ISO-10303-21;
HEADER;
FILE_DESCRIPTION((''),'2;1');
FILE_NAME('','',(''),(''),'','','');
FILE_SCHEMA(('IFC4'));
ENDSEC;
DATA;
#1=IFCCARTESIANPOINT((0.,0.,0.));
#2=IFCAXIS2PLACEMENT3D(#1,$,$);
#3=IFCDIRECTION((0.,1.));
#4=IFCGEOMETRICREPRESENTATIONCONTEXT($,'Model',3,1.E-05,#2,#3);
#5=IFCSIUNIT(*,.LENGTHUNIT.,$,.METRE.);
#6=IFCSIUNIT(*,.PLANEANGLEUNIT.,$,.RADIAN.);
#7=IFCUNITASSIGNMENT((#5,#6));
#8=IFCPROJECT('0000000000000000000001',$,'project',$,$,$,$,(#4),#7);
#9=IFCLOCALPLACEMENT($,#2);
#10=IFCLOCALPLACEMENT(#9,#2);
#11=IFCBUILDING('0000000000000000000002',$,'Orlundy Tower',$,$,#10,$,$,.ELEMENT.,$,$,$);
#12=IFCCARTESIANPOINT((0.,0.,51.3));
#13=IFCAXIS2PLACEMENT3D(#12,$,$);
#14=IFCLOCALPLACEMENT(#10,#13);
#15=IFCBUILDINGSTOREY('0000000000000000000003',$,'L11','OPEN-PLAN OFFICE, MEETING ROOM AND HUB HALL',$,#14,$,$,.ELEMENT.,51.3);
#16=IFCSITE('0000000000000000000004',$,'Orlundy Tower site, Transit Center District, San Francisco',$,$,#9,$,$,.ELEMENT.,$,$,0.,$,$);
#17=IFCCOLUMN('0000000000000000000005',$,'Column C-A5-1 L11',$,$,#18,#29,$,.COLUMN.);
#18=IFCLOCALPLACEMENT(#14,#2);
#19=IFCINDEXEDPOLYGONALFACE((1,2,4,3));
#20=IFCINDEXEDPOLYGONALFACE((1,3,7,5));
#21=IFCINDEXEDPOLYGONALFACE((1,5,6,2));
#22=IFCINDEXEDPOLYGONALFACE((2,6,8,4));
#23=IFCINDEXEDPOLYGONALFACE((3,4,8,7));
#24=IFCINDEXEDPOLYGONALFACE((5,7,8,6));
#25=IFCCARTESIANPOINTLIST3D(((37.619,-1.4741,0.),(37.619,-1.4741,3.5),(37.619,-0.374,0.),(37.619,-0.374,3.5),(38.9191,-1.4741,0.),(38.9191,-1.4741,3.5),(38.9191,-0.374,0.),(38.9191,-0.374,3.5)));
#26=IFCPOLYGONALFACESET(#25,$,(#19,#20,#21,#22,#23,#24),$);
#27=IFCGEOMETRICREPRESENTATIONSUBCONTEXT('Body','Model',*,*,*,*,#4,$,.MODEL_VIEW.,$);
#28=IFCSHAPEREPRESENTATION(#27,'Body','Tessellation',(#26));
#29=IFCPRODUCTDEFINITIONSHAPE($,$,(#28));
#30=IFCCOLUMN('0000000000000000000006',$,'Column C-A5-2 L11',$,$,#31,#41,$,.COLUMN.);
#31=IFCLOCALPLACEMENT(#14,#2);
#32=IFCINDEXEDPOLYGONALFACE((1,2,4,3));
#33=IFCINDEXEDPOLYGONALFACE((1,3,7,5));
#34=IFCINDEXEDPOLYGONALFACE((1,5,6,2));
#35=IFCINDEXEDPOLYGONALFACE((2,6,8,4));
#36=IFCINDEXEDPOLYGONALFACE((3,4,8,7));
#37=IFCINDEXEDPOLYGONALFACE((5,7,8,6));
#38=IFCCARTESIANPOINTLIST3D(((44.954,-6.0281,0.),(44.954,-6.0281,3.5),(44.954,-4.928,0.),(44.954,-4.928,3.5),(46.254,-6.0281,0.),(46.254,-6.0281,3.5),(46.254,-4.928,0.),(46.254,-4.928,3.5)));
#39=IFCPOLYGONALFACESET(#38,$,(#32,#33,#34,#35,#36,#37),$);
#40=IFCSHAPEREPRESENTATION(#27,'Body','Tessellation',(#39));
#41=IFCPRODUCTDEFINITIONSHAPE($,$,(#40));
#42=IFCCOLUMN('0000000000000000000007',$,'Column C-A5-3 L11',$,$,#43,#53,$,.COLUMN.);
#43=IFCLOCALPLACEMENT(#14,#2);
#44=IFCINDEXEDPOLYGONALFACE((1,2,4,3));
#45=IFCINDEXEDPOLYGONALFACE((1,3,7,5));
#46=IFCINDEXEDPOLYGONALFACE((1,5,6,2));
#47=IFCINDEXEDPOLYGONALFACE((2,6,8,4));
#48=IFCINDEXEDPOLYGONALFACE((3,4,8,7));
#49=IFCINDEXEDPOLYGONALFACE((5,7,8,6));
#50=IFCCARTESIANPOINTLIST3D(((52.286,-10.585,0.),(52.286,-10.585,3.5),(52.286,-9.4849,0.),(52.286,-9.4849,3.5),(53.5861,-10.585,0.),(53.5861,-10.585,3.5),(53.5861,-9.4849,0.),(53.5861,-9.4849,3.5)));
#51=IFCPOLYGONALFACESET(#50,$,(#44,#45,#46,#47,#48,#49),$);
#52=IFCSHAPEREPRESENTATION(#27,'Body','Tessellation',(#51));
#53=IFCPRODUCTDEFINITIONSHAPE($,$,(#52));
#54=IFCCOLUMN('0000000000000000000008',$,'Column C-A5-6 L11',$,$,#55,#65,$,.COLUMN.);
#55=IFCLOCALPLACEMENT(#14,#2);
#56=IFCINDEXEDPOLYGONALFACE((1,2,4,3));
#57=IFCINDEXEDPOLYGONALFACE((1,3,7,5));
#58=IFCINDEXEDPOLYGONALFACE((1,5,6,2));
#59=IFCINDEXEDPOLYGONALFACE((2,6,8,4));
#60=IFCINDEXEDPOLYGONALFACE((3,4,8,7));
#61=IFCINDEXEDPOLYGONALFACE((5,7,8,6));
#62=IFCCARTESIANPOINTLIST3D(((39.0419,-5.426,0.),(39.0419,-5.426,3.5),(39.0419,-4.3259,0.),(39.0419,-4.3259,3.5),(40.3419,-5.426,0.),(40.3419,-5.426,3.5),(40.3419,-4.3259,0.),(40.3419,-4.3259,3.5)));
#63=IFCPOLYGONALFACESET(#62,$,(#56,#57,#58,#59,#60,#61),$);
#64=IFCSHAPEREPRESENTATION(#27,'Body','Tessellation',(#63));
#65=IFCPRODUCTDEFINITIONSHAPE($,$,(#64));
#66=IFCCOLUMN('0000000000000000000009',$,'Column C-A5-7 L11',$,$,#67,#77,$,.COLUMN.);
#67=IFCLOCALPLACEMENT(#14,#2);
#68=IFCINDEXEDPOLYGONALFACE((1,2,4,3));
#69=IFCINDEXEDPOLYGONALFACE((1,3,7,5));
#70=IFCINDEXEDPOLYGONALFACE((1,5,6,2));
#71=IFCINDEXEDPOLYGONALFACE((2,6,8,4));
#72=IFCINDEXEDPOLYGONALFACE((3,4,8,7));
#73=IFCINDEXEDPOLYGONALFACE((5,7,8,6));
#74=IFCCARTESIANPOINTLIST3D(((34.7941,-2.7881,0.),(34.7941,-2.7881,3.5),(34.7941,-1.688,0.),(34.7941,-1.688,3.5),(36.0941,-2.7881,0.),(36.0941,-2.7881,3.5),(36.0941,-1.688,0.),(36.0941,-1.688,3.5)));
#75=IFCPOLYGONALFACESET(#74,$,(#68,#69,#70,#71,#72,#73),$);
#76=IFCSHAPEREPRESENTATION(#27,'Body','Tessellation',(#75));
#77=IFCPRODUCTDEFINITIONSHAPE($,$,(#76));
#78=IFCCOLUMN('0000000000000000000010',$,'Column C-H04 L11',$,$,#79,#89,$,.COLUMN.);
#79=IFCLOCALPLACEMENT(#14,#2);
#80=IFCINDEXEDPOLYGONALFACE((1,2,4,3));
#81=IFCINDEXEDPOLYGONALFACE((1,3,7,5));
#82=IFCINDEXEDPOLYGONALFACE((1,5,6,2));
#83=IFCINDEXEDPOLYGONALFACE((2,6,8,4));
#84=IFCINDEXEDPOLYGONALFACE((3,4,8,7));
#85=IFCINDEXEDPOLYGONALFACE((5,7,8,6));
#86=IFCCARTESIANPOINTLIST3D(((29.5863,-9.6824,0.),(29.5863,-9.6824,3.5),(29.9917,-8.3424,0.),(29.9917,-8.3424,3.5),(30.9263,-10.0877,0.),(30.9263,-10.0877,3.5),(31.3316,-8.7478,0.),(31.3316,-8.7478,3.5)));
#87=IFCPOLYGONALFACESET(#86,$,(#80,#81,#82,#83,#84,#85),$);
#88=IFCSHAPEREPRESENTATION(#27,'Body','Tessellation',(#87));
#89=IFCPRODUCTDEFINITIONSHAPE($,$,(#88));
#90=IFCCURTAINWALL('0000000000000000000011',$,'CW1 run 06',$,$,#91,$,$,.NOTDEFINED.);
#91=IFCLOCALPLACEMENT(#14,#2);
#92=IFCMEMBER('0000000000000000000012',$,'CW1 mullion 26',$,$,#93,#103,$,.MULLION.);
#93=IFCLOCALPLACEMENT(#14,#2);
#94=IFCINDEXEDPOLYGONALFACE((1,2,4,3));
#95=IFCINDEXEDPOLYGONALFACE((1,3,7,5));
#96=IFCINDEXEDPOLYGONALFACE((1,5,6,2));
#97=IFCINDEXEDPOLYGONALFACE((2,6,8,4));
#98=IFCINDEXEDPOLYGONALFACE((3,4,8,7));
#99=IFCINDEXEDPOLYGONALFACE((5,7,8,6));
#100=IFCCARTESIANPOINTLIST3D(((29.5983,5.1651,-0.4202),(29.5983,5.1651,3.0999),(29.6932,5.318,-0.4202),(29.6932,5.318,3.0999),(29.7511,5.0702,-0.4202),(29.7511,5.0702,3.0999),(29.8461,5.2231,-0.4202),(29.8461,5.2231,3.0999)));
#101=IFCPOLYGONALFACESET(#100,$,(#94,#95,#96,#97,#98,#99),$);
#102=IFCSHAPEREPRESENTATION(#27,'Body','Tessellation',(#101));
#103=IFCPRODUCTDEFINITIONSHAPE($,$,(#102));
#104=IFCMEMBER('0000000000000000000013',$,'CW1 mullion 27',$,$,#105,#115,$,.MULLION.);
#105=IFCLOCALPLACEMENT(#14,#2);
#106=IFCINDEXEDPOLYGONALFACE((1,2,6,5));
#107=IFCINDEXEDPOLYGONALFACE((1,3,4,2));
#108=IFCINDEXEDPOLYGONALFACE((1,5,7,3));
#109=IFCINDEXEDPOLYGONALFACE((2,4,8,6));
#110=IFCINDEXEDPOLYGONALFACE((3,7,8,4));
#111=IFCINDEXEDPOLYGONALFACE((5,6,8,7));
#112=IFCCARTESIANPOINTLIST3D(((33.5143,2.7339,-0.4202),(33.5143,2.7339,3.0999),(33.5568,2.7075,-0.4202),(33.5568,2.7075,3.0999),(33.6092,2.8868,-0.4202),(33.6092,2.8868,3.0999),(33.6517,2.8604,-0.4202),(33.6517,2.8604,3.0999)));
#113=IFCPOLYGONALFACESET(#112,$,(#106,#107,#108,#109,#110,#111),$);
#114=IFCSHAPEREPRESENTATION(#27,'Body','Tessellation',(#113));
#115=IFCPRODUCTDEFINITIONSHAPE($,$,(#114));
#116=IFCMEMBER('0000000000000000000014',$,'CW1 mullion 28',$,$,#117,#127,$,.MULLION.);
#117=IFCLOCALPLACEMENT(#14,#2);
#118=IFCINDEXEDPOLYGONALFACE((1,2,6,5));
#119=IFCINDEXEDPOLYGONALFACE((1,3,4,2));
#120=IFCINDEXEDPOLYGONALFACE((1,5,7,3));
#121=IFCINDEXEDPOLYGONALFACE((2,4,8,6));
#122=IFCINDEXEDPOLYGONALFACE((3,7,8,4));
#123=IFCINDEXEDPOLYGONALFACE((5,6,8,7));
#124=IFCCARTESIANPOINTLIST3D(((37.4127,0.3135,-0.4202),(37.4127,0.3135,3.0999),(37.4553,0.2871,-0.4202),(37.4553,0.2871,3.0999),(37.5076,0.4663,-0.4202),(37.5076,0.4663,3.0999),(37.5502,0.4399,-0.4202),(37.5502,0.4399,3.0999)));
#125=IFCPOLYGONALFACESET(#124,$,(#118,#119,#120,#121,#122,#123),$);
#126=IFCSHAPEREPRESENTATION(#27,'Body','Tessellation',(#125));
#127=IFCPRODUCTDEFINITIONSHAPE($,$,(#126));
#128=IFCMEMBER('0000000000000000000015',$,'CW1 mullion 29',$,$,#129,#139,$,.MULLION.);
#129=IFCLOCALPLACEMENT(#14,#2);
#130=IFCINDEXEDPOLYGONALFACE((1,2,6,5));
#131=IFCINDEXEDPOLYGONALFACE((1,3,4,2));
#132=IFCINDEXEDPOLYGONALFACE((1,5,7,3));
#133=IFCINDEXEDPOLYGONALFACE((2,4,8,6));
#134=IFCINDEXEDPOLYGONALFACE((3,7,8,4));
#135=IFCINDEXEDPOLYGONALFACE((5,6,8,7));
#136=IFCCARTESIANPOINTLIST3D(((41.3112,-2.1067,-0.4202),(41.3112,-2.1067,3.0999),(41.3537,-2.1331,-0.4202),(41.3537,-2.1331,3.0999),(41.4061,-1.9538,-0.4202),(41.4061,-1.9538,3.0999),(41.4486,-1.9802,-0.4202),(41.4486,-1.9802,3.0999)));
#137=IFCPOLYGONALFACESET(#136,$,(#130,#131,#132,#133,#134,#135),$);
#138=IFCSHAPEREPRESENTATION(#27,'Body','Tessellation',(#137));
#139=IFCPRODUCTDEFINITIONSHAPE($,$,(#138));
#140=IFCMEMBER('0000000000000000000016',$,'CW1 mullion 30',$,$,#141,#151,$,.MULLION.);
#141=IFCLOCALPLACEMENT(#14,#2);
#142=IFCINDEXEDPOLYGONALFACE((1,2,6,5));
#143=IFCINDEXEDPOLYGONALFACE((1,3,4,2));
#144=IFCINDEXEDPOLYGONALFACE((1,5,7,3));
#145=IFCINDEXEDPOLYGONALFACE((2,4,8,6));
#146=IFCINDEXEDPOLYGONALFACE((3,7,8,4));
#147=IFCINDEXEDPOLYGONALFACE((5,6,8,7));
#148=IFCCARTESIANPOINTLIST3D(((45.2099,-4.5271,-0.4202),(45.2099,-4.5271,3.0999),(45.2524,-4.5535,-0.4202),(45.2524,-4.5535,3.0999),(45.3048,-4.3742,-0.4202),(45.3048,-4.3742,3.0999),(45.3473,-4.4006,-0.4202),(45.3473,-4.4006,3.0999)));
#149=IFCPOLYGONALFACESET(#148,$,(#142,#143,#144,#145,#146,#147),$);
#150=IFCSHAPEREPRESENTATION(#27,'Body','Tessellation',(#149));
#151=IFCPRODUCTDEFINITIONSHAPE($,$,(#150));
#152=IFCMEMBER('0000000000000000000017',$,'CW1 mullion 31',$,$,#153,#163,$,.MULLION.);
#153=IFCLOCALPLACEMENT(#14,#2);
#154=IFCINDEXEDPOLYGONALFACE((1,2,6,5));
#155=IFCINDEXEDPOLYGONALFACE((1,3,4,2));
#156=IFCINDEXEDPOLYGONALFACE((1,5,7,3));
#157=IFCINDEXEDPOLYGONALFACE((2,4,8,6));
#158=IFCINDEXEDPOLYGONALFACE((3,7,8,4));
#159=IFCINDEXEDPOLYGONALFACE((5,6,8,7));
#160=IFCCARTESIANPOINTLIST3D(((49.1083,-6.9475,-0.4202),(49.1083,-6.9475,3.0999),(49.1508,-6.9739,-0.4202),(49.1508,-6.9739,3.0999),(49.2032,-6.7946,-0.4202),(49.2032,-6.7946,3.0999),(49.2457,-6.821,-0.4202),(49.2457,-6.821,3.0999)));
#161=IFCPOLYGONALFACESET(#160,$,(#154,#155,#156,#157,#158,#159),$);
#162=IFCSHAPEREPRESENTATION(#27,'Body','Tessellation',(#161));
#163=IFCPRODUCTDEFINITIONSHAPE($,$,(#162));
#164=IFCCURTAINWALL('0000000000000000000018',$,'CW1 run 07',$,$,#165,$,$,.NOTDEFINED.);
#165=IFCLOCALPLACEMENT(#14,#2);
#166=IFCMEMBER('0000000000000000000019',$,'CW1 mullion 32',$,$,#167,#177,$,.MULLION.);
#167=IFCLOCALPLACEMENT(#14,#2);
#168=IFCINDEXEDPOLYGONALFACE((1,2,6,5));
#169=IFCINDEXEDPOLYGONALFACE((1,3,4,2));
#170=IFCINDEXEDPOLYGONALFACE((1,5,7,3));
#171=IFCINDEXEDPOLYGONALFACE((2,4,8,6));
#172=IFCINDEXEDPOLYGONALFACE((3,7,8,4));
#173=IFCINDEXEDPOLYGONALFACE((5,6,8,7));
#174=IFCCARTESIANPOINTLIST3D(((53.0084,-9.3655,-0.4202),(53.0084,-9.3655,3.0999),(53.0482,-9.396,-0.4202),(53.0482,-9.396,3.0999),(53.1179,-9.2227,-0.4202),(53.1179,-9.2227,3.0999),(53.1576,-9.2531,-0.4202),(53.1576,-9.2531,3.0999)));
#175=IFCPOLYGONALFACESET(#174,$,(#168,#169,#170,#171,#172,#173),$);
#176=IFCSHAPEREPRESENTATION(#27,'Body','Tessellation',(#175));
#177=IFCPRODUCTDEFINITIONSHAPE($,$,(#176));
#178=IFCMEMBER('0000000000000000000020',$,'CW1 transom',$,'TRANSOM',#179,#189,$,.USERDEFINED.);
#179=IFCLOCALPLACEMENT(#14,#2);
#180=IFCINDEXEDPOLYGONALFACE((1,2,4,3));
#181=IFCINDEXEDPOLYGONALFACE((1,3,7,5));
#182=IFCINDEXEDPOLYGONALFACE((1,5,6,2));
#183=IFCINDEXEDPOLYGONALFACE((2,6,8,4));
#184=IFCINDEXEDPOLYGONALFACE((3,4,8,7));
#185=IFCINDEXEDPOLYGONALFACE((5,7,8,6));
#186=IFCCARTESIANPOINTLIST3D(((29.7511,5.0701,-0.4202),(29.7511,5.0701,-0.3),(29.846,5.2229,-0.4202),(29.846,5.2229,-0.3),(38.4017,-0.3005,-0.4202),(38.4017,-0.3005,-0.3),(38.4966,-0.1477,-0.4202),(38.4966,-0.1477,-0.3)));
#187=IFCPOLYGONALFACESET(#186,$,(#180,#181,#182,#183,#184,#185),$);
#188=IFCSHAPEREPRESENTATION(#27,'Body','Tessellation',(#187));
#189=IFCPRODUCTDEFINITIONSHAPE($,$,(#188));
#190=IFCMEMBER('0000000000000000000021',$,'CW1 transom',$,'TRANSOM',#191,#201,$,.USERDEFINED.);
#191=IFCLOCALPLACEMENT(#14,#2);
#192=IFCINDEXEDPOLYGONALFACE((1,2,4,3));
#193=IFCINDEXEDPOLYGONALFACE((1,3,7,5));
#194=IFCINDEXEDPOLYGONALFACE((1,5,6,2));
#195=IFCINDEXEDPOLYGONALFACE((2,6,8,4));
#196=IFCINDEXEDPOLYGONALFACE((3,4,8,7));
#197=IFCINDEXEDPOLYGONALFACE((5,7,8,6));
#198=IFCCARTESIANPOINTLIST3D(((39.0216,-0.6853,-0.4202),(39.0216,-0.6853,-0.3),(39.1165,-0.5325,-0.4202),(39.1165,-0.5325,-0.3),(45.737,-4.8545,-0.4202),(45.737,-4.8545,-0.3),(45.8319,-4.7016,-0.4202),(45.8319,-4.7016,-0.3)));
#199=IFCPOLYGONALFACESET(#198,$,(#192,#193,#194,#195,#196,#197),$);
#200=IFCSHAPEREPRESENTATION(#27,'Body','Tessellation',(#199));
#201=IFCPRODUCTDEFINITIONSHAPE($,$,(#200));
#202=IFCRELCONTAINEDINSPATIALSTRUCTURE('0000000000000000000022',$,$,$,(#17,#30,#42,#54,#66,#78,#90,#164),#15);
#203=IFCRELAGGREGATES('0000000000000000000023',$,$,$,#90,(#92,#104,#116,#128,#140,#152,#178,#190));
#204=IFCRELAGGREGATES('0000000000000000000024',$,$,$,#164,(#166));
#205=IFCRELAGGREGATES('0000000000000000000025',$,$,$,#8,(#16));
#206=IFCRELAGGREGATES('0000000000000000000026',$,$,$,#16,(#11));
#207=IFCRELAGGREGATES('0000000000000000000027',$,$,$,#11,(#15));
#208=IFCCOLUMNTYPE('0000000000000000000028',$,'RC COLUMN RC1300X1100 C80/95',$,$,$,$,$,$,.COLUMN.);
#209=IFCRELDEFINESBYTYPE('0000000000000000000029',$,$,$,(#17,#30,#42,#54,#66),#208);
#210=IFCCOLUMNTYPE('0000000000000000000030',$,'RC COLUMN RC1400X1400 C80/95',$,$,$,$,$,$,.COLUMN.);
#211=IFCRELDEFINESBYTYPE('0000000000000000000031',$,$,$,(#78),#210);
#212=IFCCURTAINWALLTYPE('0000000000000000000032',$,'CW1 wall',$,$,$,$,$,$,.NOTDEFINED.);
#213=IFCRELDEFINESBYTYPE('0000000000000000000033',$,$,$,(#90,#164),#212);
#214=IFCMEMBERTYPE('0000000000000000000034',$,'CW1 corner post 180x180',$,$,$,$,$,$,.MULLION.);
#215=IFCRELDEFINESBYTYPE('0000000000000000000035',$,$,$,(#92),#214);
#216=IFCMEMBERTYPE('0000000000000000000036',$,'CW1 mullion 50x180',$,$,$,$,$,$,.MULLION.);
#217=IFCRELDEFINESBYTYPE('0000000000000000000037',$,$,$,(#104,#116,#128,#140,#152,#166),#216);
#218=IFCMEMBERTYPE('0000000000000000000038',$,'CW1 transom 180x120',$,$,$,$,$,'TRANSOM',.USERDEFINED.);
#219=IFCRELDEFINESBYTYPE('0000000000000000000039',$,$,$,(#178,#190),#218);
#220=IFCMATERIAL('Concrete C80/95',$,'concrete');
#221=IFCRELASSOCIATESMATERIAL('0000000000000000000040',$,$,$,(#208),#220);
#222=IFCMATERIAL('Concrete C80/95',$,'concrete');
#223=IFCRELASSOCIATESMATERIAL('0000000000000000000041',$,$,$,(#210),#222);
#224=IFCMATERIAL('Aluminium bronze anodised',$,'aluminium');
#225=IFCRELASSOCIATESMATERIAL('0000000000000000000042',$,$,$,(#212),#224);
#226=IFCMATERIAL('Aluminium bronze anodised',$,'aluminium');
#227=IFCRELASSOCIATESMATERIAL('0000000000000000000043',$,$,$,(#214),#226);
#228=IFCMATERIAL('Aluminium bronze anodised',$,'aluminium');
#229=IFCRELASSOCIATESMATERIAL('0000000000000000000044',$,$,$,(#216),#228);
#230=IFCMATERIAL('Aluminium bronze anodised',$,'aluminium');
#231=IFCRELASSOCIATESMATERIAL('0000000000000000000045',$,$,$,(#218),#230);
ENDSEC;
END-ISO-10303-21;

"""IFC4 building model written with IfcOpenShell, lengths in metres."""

from ifc_helpers import new_model, si_unit, direction, frame, origin, origin_2d, place, context, subcontext, project, spatial, rectangle, extrude, material, material_profile, profile_set, type_object, element, aggregate, save


model = new_model("IFC4")

# Units and contexts
model_context = context("Model", 3, precision=1e-05, world=origin(), true_north=direction((0.0, 1.0)))
body_context = subcontext(model_context, "Body", "Model", "MODEL_VIEW")
ifc_project = project(units=[si_unit("LENGTHUNIT", "METRE"), si_unit("PLANEANGLEUNIT", "RADIAN")], contexts=[model_context])

# Site, building, storey
site_placement = place(None, origin())
site = spatial("IfcSite", under=ifc_project, at=site_placement, Name="Orlundy Tower site, Transit Center District, San Francisco", CompositionType="ELEMENT", RefElevation=0.0)
building_placement = place(site_placement, origin())
building = spatial("IfcBuilding", under=site, at=building_placement, Name="Orlundy Tower", CompositionType="ELEMENT")
storey_placement = place(building_placement, frame((0.0, 0.0, 51.3)))
storey = spatial("IfcBuildingStorey", under=building, at=storey_placement, Name="L11", Description="OPEN-PLAN OFFICE, MEETING ROOM AND HUB HALL", CompositionType="ELEMENT", Elevation=51.3)

# Columns
ifc_material_1 = material(Name="Concrete C80/95", Category="concrete")
ifc_material_profile_1 = material_profile(ifc_material_1, rectangle(XDim=1.3, YDim=1.1001, at=origin_2d()), Name="RC1300X1100")
ifc_profile_set_1 = profile_set([ifc_material_profile_1], Name="Concrete C80/95")
column_type_1 = type_object("IfcColumnType", Name="RC COLUMN RC1300X1100 C80/95", PredefinedType="COLUMN", material=ifc_profile_set_1)
for number, where, z_axis, x_axis, name in (
    (1, (38.269, -0.9241, 0.0), (0.0, 0.0, 1.0), (1.0, 0.0, 0.0), "Column C-A5-1 L11"),
    (2, (45.604, -5.478, 0.0), (0.0, 0.0, 1.0), (1.0, 0.0, 0.0), "Column C-A5-2 L11"),
    (3, (52.936, -10.0349, 0.0), (0.0, 0.0, 1.0), (1.0, 0.0, 0.0), "Column C-A5-3 L11"),
    (4, (39.6919, -4.876, 0.0), (0.0, 0.0, 1.0), (1.0, 0.0, 0.0), "Column C-A5-6 L11"),
    (5, (35.4441, -2.238, 0.0), (0.0, 0.0, 1.0), (1.0, 0.0, 0.0), "Column C-A5-7 L11"),
):
    element("IfcColumn", number, at=place(storey_placement, frame(where, z_axis=z_axis, x_axis=x_axis)), inside=storey, type_object=column_type_1, Name=name, PredefinedType="COLUMN", context=body_context, shape_type="SweptSolid", body=[
        extrude(rectangle(XDim=1.3, YDim=1.1001, at=origin_2d()), origin(), (0.0, 0.0, 1.0), 3.5),
    ])
ifc_material_2 = material(Name="Concrete C80/95", Category="concrete")
ifc_material_profile_2 = material_profile(ifc_material_2, rectangle(XDim=1.3999, YDim=1.3999, at=origin_2d()), Name="RC1400X1400")
ifc_profile_set_2 = profile_set([ifc_material_profile_2], Name="Concrete C80/95")
column_type_2 = type_object("IfcColumnType", Name="RC COLUMN RC1400X1400 C80/95", PredefinedType="COLUMN", material=ifc_profile_set_2)
column_placement = place(storey_placement, frame((30.459, -9.2151, 0.0), z_axis=(0.0, 0.0, 1.0), x_axis=(0.957153, -0.289583, 0.0)))
element("IfcColumn", 6, at=column_placement, inside=storey, type_object=column_type_2, Name="Column C-H04 L11", PredefinedType="COLUMN", context=body_context, shape_type="SweptSolid", body=[
    extrude(rectangle(XDim=1.3999, YDim=1.3999, at=origin_2d()), origin(), (0.0, 0.0, 1.0), 3.5),
])

# Curtain wall, members
ifc_material_3 = material(Name="Aluminium bronze anodised", Category="aluminium")
curtain_wall_type = type_object("IfcCurtainWallType", Name="CW1 wall", PredefinedType="NOTDEFINED", material=ifc_material_3)
curtain_wall_1_placement = place(storey_placement, origin())
curtain_wall_1 = element("IfcCurtainWall", 7, at=curtain_wall_1_placement, inside=storey, type_object=curtain_wall_type, Name="CW1 run 06", PredefinedType="NOTDEFINED")
ifc_material_4 = material(Name="Aluminium bronze anodised", Category="aluminium")
ifc_material_profile_3 = material_profile(ifc_material_4, rectangle(XDim=0.1799, YDim=0.1799, at=origin_2d()), Name="CW1 corner post 180x180")
ifc_profile_set_3 = profile_set([ifc_material_profile_3], Name="Aluminium bronze anodised")
member_type_1 = type_object("IfcMemberType", Name="CW1 corner post 180x180", PredefinedType="MULLION", material=ifc_profile_set_3)
member_1_placement = place(storey_placement, frame((29.7222, 5.1941, -0.4202), z_axis=(0.0, 0.0, 1.0), x_axis=(0.527453, 0.849584, 0.0)))
member_1 = element("IfcMember", 8, at=member_1_placement, type_object=member_type_1, Name="CW1 mullion 26", PredefinedType="MULLION", context=body_context, shape_type="SweptSolid", body=[
    extrude(rectangle(XDim=0.1799, YDim=0.1799, at=origin_2d()), origin(), (0.0, 0.0, 1.0), 3.52),
])
ifc_material_5 = material(Name="Aluminium bronze anodised", Category="aluminium")
ifc_material_profile_4 = material_profile(ifc_material_5, rectangle(XDim=0.1799, YDim=0.05, at=origin_2d()), Name="CW1 mullion 50x180")
ifc_profile_set_4 = profile_set([ifc_material_profile_4], Name="Aluminium bronze anodised")
member_type_2 = type_object("IfcMemberType", Name="CW1 mullion 50x180", PredefinedType="MULLION", material=ifc_profile_set_4)
member_2_placement = place(storey_placement, frame((33.583, 2.7971, -0.4202), z_axis=(0.0, 0.0, 1.0), x_axis=(0.527453, 0.849584, 0.0)))
member_2 = element("IfcMember", 9, at=member_2_placement, type_object=member_type_2, Name="CW1 mullion 27", PredefinedType="MULLION", context=body_context, shape_type="SweptSolid", body=[
    extrude(rectangle(XDim=0.1799, YDim=0.05, at=origin_2d()), origin(), (0.0, 0.0, 1.0), 3.52),
])
member_3_placement = place(storey_placement, frame((37.4814, 0.3767, -0.4202), z_axis=(0.0, 0.0, 1.0), x_axis=(0.527453, 0.849584, 0.0)))
member_3 = element("IfcMember", 10, at=member_3_placement, type_object=member_type_2, Name="CW1 mullion 28", PredefinedType="MULLION", context=body_context, shape_type="SweptSolid", body=[
    extrude(rectangle(XDim=0.1799, YDim=0.05, at=origin_2d()), origin(), (0.0, 0.0, 1.0), 3.52),
])
member_4_placement = place(storey_placement, frame((41.3799, -2.0435, -0.4202), z_axis=(0.0, 0.0, 1.0), x_axis=(0.527453, 0.849584, 0.0)))
member_4 = element("IfcMember", 11, at=member_4_placement, type_object=member_type_2, Name="CW1 mullion 29", PredefinedType="MULLION", context=body_context, shape_type="SweptSolid", body=[
    extrude(rectangle(XDim=0.1799, YDim=0.05, at=origin_2d()), origin(), (0.0, 0.0, 1.0), 3.52),
])
member_5_placement = place(storey_placement, frame((45.2786, -4.4639, -0.4202), z_axis=(0.0, 0.0, 1.0), x_axis=(0.527453, 0.849584, 0.0)))
member_5 = element("IfcMember", 12, at=member_5_placement, type_object=member_type_2, Name="CW1 mullion 30", PredefinedType="MULLION", context=body_context, shape_type="SweptSolid", body=[
    extrude(rectangle(XDim=0.1799, YDim=0.05, at=origin_2d()), origin(), (0.0, 0.0, 1.0), 3.52),
])
member_6_placement = place(storey_placement, frame((49.177, -6.8843, -0.4202), z_axis=(0.0, 0.0, 1.0), x_axis=(0.527453, 0.849584, 0.0)))
member_6 = element("IfcMember", 13, at=member_6_placement, type_object=member_type_2, Name="CW1 mullion 31", PredefinedType="MULLION", context=body_context, shape_type="SweptSolid", body=[
    extrude(rectangle(XDim=0.1799, YDim=0.05, at=origin_2d()), origin(), (0.0, 0.0, 1.0), 3.52),
])

# Curtain wall, member
curtain_wall_2_placement = place(storey_placement, origin())
curtain_wall_2 = element("IfcCurtainWall", 14, at=curtain_wall_2_placement, inside=storey, type_object=curtain_wall_type, Name="CW1 run 07", PredefinedType="NOTDEFINED")
member_7_placement = place(storey_placement, frame((53.083, -9.3093, -0.4202), z_axis=(0.0, 0.0, 1.0), x_axis=(0.608137, 0.793832, 0.0)))
member_7 = element("IfcMember", 15, at=member_7_placement, type_object=member_type_2, Name="CW1 mullion 32", PredefinedType="MULLION", context=body_context, shape_type="SweptSolid", body=[
    extrude(rectangle(XDim=0.1799, YDim=0.05, at=origin_2d()), origin(), (0.0, 0.0, 1.0), 3.52),
])

# Members
ifc_material_6 = material(Name="Aluminium bronze anodised", Category="aluminium")
ifc_material_profile_5 = material_profile(ifc_material_6, rectangle(XDim=0.1799, YDim=0.1201, at=origin_2d()), Name="CW1 transom 180x120")
ifc_profile_set_5 = profile_set([ifc_material_profile_5], Name="Aluminium bronze anodised")
member_type_3 = type_object("IfcMemberType", Name="CW1 transom 180x120", ElementType="TRANSOM", PredefinedType="USERDEFINED", material=ifc_profile_set_5)
member_8_placement = place(storey_placement, frame((29.7986, 5.1465, -0.3601), z_axis=(0.849585, -0.527451, 0.0), x_axis=(0.527451, 0.849585, 0.0)))
member_8 = element("IfcMember", 16, at=member_8_placement, type_object=member_type_3, Name="CW1 transom", ObjectType="TRANSOM", PredefinedType="USERDEFINED", context=body_context, shape_type="SweptSolid", body=[
    extrude(rectangle(XDim=0.1799, YDim=0.1201, at=origin_2d()), origin(), (0.0, 0.0, 1.0), 10.1821),
])
member_9_placement = place(storey_placement, frame((39.0691, -0.6089, -0.3601), z_axis=(0.849581, -0.527459, 0.0), x_axis=(0.527459, 0.849581, 0.0)))
member_9 = element("IfcMember", 17, at=member_9_placement, type_object=member_type_3, Name="CW1 transom", ObjectType="TRANSOM", PredefinedType="USERDEFINED", context=body_context, shape_type="SweptSolid", body=[
    extrude(rectangle(XDim=0.1799, YDim=0.1201, at=origin_2d()), origin(), (0.0, 0.0, 1.0), 7.9043),
])

aggregate(curtain_wall_1, [member_1, member_2, member_3, member_4, member_5, member_6, member_8, member_9])
aggregate(curtain_wall_2, [member_7])

save(model, "model.ifc")
